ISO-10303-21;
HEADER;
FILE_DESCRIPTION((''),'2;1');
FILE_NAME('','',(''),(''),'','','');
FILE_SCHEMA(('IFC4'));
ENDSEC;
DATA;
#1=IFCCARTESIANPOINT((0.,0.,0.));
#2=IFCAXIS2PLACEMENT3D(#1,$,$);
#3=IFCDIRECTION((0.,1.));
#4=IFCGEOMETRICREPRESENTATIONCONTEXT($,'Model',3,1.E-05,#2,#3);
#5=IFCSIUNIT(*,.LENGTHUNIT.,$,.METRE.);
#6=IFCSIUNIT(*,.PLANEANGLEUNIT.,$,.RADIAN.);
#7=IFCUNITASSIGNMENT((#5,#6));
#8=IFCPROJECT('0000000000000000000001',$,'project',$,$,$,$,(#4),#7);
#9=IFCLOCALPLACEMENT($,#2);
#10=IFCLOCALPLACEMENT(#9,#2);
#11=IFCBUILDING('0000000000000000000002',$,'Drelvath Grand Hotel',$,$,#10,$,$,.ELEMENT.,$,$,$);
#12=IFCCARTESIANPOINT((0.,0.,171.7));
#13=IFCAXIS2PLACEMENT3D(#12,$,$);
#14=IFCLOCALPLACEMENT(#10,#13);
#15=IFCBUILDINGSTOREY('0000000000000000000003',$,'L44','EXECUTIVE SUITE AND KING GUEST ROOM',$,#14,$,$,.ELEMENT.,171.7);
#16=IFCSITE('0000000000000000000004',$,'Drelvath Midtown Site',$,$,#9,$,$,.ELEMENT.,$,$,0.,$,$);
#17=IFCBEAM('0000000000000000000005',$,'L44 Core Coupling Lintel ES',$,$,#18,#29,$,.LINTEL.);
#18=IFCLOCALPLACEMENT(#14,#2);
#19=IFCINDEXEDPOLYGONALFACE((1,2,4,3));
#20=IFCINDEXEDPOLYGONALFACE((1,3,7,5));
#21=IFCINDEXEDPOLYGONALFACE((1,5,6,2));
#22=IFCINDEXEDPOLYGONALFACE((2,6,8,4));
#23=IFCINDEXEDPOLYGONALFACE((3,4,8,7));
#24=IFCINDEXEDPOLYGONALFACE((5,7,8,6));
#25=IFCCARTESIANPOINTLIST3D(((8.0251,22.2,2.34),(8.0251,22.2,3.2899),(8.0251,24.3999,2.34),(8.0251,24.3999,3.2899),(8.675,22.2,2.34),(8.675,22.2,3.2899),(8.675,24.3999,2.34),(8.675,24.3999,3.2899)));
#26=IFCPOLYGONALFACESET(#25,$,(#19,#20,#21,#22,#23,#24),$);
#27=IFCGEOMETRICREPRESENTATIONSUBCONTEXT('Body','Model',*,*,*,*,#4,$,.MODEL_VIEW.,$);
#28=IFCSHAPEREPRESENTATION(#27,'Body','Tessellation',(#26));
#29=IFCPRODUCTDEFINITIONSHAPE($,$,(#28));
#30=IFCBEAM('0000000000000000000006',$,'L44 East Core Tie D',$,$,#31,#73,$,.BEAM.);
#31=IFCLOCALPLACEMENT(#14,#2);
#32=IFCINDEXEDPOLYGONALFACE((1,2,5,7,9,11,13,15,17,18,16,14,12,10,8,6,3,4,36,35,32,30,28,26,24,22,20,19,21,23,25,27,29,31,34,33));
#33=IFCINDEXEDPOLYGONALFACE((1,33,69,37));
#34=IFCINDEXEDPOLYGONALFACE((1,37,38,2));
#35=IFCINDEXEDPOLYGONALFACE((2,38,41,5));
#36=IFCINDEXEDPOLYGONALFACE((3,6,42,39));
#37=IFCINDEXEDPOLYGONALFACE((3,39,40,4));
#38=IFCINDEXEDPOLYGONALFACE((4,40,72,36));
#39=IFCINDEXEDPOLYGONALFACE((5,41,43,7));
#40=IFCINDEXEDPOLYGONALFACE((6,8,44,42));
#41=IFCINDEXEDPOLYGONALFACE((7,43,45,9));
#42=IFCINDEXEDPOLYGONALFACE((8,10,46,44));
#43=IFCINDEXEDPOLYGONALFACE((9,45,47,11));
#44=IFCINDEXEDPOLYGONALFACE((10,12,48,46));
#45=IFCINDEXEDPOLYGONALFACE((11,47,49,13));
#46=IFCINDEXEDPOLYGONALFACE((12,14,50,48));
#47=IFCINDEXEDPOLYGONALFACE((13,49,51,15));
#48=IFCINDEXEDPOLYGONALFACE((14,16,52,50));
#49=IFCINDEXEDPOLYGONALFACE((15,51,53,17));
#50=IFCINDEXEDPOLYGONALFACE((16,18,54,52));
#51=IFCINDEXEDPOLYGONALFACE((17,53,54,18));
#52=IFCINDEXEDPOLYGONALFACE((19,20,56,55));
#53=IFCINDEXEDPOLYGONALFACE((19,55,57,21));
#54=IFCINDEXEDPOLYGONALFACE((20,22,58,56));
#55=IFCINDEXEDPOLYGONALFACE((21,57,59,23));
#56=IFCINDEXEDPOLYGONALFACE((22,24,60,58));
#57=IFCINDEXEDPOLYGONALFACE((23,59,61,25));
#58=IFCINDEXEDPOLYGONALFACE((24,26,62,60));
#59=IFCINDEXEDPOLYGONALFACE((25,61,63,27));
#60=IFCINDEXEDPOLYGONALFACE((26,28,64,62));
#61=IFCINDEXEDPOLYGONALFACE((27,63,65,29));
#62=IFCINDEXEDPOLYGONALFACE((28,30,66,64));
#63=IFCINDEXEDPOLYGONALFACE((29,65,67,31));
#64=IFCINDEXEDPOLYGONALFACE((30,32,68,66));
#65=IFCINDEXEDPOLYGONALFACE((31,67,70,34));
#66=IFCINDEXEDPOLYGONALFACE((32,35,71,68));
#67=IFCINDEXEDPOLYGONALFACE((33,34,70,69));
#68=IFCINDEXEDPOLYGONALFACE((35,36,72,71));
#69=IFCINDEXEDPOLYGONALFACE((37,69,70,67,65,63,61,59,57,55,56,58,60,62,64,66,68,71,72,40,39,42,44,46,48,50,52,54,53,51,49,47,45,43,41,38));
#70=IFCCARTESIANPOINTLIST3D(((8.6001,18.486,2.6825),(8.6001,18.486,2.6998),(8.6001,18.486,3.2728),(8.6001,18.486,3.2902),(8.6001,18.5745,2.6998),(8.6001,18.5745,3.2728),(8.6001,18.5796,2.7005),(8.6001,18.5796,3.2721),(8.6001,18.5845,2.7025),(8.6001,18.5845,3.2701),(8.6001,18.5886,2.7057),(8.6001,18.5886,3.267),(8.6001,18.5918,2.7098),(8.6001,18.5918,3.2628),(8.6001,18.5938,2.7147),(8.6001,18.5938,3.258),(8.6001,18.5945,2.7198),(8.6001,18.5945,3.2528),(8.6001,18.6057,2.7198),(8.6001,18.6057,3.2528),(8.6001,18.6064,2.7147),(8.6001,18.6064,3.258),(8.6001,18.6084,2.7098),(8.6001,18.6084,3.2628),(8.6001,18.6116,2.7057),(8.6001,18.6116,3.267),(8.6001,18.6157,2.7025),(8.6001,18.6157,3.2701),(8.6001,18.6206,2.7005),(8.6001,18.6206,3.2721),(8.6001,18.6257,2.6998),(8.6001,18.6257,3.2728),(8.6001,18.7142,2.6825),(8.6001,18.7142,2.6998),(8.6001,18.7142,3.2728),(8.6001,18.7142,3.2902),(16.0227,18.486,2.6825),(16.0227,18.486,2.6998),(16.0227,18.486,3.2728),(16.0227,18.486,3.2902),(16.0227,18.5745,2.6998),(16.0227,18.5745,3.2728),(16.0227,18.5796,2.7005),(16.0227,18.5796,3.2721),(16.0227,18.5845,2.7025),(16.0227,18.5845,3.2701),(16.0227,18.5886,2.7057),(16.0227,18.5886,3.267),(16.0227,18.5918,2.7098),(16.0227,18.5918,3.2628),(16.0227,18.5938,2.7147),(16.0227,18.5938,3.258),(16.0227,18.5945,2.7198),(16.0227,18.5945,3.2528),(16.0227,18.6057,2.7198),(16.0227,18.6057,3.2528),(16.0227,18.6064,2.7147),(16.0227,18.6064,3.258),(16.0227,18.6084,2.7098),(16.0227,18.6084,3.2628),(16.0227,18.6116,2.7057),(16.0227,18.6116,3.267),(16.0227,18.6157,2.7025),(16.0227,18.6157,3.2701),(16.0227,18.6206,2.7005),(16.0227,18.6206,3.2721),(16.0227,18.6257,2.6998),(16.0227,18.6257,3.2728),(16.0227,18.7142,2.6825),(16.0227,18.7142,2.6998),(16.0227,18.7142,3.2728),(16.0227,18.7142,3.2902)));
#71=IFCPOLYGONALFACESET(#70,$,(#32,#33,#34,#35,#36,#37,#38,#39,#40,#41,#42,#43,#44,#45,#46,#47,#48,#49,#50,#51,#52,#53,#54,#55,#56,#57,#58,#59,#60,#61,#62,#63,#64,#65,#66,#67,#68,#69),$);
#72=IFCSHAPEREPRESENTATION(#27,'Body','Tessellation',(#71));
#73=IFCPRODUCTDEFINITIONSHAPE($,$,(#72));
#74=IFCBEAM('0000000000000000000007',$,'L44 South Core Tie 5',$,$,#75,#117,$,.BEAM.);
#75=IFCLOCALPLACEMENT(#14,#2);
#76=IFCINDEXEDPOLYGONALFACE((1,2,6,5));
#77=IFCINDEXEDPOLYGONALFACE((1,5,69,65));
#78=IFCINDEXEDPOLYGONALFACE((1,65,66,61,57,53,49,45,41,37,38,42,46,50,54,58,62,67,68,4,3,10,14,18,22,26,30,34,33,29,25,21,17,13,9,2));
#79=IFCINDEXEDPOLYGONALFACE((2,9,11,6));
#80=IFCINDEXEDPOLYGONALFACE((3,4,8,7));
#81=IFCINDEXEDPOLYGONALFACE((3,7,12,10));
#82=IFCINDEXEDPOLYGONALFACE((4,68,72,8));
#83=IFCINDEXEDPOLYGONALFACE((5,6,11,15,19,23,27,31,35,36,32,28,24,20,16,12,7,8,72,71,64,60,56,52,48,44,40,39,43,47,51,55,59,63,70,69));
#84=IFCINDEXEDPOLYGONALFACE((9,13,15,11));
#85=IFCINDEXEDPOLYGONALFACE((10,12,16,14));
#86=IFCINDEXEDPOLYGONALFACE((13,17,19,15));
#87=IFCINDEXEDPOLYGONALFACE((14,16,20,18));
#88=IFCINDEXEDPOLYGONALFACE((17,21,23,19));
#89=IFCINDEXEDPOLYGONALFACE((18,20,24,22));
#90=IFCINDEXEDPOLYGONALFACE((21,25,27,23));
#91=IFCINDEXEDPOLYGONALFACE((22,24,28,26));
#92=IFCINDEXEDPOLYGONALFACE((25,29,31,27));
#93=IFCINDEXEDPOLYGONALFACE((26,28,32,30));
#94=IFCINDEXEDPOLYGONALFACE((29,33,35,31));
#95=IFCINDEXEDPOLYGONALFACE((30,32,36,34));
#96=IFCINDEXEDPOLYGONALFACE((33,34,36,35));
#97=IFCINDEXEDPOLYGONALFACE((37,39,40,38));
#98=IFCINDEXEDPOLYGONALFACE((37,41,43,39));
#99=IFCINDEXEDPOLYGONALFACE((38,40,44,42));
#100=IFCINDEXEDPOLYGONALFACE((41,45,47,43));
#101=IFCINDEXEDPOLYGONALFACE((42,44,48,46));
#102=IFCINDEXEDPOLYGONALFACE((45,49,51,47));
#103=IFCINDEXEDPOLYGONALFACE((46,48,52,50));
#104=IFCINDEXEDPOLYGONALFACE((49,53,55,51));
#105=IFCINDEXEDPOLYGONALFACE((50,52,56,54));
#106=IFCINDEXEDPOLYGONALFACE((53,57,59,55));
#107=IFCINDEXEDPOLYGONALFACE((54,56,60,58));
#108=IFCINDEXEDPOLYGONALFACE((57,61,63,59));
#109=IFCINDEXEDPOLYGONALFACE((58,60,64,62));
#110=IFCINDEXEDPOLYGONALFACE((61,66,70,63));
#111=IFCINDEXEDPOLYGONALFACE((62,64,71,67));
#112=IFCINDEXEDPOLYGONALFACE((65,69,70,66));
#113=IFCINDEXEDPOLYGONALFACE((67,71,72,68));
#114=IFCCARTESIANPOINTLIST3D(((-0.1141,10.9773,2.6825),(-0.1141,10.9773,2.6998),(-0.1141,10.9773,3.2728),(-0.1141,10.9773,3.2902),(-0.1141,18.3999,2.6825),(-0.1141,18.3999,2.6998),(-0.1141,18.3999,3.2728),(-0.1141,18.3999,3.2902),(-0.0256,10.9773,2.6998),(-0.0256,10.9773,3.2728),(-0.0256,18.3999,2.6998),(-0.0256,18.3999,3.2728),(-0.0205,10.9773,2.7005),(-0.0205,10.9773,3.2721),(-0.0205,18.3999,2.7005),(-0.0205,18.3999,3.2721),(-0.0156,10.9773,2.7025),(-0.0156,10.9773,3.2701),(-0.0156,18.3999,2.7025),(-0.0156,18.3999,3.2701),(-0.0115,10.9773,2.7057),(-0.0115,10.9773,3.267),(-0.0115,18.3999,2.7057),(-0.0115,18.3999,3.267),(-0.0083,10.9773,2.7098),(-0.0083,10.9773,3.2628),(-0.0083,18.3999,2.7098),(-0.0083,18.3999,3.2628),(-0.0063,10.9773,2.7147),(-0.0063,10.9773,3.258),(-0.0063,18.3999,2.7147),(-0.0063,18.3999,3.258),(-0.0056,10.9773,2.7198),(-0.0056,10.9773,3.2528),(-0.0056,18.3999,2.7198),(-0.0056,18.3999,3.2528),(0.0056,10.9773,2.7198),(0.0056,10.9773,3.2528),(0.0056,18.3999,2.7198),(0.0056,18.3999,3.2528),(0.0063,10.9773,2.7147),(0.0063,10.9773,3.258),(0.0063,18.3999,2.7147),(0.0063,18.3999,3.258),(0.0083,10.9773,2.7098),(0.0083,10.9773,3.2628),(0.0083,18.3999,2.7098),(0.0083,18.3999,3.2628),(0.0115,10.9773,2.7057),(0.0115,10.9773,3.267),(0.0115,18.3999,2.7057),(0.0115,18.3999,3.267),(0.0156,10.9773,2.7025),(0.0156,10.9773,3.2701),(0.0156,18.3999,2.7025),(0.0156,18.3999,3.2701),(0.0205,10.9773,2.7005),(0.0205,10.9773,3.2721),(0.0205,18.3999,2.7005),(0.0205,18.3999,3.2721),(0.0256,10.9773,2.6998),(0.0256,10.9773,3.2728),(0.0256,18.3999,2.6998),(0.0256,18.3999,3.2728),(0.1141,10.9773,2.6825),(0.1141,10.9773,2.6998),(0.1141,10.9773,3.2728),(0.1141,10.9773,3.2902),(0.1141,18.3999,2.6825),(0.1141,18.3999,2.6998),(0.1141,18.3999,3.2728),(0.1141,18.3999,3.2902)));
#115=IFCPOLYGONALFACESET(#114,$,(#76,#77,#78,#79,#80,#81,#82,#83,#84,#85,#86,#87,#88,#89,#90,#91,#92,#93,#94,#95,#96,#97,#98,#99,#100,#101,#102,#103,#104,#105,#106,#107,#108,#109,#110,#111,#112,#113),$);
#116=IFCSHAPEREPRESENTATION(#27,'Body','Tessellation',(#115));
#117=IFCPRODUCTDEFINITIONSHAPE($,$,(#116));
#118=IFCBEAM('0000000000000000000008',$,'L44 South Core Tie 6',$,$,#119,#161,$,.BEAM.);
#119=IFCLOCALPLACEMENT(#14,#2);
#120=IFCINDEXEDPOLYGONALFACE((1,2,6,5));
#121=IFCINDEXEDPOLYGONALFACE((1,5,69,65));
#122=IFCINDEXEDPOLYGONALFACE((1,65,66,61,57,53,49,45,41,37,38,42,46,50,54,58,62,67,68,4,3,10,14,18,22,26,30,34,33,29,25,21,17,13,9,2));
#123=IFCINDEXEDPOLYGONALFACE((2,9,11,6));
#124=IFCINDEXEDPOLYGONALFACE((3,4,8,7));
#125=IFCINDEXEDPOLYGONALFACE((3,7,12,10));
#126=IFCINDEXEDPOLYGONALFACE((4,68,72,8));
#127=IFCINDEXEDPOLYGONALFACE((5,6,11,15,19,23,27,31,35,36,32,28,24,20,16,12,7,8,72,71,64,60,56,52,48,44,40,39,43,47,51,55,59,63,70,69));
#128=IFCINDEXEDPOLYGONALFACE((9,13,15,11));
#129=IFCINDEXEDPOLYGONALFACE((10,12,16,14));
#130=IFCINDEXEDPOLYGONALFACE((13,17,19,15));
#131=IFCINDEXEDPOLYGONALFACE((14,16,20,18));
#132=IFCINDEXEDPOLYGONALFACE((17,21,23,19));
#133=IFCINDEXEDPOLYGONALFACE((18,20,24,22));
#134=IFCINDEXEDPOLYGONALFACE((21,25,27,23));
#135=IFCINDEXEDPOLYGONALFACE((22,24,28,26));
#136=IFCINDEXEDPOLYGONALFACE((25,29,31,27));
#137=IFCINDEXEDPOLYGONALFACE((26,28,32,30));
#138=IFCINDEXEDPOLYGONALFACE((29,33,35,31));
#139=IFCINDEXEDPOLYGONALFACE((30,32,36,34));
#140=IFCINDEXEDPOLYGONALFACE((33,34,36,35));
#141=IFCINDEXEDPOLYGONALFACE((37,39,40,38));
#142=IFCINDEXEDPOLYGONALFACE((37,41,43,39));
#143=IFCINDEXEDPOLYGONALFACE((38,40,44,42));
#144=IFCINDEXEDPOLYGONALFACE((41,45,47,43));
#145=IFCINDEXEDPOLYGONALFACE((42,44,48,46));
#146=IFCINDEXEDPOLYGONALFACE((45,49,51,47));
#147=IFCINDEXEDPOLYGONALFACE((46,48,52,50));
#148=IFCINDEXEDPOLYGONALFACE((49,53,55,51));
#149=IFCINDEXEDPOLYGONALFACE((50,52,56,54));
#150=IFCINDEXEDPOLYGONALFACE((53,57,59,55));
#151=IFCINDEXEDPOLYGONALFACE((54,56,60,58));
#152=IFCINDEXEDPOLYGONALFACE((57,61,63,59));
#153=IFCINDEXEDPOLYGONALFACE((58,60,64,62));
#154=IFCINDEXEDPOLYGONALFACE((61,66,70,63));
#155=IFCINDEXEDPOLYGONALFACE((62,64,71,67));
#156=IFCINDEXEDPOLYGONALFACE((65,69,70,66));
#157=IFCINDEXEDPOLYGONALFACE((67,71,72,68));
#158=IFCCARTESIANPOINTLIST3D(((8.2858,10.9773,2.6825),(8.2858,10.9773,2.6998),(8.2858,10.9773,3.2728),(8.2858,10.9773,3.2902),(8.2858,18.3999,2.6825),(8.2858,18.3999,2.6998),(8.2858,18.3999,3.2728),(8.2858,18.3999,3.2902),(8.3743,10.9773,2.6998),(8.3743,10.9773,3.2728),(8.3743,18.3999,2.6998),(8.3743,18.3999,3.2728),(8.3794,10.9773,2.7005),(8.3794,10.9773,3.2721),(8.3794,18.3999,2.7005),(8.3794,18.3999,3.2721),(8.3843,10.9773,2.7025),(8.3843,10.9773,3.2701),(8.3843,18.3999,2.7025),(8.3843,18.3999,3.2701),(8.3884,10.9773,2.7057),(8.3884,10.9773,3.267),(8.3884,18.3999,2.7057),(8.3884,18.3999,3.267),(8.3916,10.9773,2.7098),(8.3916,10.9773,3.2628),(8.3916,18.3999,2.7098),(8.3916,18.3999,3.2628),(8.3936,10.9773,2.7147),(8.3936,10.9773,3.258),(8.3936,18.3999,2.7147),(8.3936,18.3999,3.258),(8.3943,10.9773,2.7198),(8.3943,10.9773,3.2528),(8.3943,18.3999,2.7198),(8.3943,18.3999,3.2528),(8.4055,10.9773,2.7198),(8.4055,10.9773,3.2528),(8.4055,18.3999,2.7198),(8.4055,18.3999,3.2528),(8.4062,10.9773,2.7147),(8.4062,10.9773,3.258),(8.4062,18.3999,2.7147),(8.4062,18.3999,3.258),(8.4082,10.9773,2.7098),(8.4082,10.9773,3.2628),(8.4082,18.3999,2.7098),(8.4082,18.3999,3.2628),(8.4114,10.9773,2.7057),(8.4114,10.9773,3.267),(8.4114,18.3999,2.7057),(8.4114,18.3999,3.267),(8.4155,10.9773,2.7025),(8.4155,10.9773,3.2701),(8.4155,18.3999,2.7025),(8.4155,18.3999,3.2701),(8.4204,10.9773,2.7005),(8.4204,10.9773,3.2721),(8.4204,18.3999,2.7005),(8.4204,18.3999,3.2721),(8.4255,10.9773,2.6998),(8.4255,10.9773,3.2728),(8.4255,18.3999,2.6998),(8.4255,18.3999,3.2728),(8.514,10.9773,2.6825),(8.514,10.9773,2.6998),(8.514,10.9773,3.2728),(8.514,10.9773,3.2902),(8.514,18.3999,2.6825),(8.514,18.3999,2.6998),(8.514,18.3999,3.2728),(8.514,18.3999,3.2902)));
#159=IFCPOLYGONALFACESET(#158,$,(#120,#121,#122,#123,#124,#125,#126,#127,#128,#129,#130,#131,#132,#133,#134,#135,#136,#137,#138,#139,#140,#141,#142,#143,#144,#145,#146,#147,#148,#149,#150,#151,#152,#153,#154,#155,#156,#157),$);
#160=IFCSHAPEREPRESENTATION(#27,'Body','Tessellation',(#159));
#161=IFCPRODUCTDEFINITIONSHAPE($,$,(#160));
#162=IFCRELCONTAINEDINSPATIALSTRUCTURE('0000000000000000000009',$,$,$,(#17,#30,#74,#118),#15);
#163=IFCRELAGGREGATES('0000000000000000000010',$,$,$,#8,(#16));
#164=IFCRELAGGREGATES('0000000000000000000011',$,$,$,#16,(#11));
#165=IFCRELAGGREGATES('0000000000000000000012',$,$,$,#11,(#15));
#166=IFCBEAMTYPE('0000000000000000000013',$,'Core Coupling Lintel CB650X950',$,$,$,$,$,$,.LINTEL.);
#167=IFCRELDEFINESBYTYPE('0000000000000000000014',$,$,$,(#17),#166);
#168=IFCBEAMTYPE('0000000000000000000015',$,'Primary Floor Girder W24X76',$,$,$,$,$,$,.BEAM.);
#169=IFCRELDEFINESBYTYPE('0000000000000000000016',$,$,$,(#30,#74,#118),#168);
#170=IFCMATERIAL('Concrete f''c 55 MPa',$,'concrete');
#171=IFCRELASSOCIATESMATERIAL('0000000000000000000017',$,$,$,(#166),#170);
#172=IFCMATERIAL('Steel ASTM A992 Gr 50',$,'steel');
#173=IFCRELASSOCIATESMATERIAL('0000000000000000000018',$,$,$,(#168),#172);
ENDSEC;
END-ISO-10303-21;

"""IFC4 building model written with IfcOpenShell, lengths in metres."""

from ifc_helpers import new_model, si_unit, direction, frame, origin, origin_2d, place, context, subcontext, project, spatial, rectangle, i_section, extrude, material, material_profile, profile_set, type_object, element, save


model = new_model("IFC4")

# Units and contexts
model_context = context("Model", 3, precision=1e-05, world=origin(), true_north=direction((0.0, 1.0)))
body_context = subcontext(model_context, "Body", "Model", "MODEL_VIEW")
ifc_project = project(units=[si_unit("LENGTHUNIT", "METRE"), si_unit("PLANEANGLEUNIT", "RADIAN")], contexts=[model_context])

# Site, building, storey
site_placement = place(None, origin())
site = spatial("IfcSite", under=ifc_project, at=site_placement, Name="Drelvath Midtown Site", CompositionType="ELEMENT", RefElevation=0.0)
building_placement = place(site_placement, origin())
building = spatial("IfcBuilding", under=site, at=building_placement, Name="Drelvath Grand Hotel", CompositionType="ELEMENT")
storey_placement = place(building_placement, frame((0.0, 0.0, 171.7)))
storey = spatial("IfcBuildingStorey", under=building, at=storey_placement, Name="L44", Description="EXECUTIVE SUITE AND KING GUEST ROOM", CompositionType="ELEMENT", Elevation=171.7)

# Beams
ifc_material_1 = material(Name="Concrete f'c 55 MPa", Category="concrete")
ifc_material_profile_1 = material_profile(ifc_material_1, rectangle(XDim=0.6499, YDim=0.95, at=origin_2d()), Name="CB650X950")
ifc_profile_set_1 = profile_set([ifc_material_profile_1], Name="Concrete f'c 55 MPa")
beam_type_1 = type_object("IfcBeamType", Name="Core Coupling Lintel CB650X950", PredefinedType="LINTEL", material=ifc_profile_set_1)
beam_placement = place(storey_placement, frame((8.3501, 22.2, 2.8149), z_axis=(0.0, 1.0, 0.0), x_axis=(-1.0, 0.0, 0.0)))
element("IfcBeam", 1, at=beam_placement, inside=storey, type_object=beam_type_1, Name="L44 Core Coupling Lintel ES", PredefinedType="LINTEL", context=body_context, shape_type="SweptSolid", body=[
    extrude(rectangle(XDim=0.6499, YDim=0.95, at=origin_2d()), origin(), (0.0, 0.0, 1.0), 2.2),
])
ifc_material_2 = material(Name="Steel ASTM A992 Gr 50", Category="steel")
ifc_material_profile_2 = material_profile(ifc_material_2, i_section(OverallWidth=0.2283, OverallDepth=0.6077, WebThickness=0.0112, FlangeThickness=0.0173, FilletRadius=0.02, at=origin_2d()), Name="W24X76")
ifc_profile_set_2 = profile_set([ifc_material_profile_2], Name="Steel ASTM A992 Gr 50")
beam_type_2 = type_object("IfcBeamType", Name="Primary Floor Girder W24X76", PredefinedType="BEAM", material=ifc_profile_set_2)
for number, where, z_axis, x_axis, name in (
    (2, (8.6001, 18.6001, 2.9863), (1.0, 0.0, 0.0), (0.0, 1.0, 0.0), "L44 East Core Tie D"),
    (3, (0.0, 10.9773, 2.9863), (0.0, 1.0, 0.0), (-1.0, 0.0, 0.0), "L44 South Core Tie 5"),
    (4, (8.3999, 10.9773, 2.9863), (0.0, 1.0, 0.0), (-1.0, 0.0, 0.0), "L44 South Core Tie 6"),
):
    element("IfcBeam", number, at=place(storey_placement, frame(where, z_axis=z_axis, x_axis=x_axis)), inside=storey, type_object=beam_type_2, Name=name, PredefinedType="BEAM", context=body_context, shape_type="SweptSolid", body=[
        extrude(i_section(OverallWidth=0.2283, OverallDepth=0.6077, WebThickness=0.0112, FlangeThickness=0.0173, FilletRadius=0.02, at=origin_2d()), origin(), (0.0, 0.0, 1.0), 7.4226),
    ])

save(model, "model.ifc")
